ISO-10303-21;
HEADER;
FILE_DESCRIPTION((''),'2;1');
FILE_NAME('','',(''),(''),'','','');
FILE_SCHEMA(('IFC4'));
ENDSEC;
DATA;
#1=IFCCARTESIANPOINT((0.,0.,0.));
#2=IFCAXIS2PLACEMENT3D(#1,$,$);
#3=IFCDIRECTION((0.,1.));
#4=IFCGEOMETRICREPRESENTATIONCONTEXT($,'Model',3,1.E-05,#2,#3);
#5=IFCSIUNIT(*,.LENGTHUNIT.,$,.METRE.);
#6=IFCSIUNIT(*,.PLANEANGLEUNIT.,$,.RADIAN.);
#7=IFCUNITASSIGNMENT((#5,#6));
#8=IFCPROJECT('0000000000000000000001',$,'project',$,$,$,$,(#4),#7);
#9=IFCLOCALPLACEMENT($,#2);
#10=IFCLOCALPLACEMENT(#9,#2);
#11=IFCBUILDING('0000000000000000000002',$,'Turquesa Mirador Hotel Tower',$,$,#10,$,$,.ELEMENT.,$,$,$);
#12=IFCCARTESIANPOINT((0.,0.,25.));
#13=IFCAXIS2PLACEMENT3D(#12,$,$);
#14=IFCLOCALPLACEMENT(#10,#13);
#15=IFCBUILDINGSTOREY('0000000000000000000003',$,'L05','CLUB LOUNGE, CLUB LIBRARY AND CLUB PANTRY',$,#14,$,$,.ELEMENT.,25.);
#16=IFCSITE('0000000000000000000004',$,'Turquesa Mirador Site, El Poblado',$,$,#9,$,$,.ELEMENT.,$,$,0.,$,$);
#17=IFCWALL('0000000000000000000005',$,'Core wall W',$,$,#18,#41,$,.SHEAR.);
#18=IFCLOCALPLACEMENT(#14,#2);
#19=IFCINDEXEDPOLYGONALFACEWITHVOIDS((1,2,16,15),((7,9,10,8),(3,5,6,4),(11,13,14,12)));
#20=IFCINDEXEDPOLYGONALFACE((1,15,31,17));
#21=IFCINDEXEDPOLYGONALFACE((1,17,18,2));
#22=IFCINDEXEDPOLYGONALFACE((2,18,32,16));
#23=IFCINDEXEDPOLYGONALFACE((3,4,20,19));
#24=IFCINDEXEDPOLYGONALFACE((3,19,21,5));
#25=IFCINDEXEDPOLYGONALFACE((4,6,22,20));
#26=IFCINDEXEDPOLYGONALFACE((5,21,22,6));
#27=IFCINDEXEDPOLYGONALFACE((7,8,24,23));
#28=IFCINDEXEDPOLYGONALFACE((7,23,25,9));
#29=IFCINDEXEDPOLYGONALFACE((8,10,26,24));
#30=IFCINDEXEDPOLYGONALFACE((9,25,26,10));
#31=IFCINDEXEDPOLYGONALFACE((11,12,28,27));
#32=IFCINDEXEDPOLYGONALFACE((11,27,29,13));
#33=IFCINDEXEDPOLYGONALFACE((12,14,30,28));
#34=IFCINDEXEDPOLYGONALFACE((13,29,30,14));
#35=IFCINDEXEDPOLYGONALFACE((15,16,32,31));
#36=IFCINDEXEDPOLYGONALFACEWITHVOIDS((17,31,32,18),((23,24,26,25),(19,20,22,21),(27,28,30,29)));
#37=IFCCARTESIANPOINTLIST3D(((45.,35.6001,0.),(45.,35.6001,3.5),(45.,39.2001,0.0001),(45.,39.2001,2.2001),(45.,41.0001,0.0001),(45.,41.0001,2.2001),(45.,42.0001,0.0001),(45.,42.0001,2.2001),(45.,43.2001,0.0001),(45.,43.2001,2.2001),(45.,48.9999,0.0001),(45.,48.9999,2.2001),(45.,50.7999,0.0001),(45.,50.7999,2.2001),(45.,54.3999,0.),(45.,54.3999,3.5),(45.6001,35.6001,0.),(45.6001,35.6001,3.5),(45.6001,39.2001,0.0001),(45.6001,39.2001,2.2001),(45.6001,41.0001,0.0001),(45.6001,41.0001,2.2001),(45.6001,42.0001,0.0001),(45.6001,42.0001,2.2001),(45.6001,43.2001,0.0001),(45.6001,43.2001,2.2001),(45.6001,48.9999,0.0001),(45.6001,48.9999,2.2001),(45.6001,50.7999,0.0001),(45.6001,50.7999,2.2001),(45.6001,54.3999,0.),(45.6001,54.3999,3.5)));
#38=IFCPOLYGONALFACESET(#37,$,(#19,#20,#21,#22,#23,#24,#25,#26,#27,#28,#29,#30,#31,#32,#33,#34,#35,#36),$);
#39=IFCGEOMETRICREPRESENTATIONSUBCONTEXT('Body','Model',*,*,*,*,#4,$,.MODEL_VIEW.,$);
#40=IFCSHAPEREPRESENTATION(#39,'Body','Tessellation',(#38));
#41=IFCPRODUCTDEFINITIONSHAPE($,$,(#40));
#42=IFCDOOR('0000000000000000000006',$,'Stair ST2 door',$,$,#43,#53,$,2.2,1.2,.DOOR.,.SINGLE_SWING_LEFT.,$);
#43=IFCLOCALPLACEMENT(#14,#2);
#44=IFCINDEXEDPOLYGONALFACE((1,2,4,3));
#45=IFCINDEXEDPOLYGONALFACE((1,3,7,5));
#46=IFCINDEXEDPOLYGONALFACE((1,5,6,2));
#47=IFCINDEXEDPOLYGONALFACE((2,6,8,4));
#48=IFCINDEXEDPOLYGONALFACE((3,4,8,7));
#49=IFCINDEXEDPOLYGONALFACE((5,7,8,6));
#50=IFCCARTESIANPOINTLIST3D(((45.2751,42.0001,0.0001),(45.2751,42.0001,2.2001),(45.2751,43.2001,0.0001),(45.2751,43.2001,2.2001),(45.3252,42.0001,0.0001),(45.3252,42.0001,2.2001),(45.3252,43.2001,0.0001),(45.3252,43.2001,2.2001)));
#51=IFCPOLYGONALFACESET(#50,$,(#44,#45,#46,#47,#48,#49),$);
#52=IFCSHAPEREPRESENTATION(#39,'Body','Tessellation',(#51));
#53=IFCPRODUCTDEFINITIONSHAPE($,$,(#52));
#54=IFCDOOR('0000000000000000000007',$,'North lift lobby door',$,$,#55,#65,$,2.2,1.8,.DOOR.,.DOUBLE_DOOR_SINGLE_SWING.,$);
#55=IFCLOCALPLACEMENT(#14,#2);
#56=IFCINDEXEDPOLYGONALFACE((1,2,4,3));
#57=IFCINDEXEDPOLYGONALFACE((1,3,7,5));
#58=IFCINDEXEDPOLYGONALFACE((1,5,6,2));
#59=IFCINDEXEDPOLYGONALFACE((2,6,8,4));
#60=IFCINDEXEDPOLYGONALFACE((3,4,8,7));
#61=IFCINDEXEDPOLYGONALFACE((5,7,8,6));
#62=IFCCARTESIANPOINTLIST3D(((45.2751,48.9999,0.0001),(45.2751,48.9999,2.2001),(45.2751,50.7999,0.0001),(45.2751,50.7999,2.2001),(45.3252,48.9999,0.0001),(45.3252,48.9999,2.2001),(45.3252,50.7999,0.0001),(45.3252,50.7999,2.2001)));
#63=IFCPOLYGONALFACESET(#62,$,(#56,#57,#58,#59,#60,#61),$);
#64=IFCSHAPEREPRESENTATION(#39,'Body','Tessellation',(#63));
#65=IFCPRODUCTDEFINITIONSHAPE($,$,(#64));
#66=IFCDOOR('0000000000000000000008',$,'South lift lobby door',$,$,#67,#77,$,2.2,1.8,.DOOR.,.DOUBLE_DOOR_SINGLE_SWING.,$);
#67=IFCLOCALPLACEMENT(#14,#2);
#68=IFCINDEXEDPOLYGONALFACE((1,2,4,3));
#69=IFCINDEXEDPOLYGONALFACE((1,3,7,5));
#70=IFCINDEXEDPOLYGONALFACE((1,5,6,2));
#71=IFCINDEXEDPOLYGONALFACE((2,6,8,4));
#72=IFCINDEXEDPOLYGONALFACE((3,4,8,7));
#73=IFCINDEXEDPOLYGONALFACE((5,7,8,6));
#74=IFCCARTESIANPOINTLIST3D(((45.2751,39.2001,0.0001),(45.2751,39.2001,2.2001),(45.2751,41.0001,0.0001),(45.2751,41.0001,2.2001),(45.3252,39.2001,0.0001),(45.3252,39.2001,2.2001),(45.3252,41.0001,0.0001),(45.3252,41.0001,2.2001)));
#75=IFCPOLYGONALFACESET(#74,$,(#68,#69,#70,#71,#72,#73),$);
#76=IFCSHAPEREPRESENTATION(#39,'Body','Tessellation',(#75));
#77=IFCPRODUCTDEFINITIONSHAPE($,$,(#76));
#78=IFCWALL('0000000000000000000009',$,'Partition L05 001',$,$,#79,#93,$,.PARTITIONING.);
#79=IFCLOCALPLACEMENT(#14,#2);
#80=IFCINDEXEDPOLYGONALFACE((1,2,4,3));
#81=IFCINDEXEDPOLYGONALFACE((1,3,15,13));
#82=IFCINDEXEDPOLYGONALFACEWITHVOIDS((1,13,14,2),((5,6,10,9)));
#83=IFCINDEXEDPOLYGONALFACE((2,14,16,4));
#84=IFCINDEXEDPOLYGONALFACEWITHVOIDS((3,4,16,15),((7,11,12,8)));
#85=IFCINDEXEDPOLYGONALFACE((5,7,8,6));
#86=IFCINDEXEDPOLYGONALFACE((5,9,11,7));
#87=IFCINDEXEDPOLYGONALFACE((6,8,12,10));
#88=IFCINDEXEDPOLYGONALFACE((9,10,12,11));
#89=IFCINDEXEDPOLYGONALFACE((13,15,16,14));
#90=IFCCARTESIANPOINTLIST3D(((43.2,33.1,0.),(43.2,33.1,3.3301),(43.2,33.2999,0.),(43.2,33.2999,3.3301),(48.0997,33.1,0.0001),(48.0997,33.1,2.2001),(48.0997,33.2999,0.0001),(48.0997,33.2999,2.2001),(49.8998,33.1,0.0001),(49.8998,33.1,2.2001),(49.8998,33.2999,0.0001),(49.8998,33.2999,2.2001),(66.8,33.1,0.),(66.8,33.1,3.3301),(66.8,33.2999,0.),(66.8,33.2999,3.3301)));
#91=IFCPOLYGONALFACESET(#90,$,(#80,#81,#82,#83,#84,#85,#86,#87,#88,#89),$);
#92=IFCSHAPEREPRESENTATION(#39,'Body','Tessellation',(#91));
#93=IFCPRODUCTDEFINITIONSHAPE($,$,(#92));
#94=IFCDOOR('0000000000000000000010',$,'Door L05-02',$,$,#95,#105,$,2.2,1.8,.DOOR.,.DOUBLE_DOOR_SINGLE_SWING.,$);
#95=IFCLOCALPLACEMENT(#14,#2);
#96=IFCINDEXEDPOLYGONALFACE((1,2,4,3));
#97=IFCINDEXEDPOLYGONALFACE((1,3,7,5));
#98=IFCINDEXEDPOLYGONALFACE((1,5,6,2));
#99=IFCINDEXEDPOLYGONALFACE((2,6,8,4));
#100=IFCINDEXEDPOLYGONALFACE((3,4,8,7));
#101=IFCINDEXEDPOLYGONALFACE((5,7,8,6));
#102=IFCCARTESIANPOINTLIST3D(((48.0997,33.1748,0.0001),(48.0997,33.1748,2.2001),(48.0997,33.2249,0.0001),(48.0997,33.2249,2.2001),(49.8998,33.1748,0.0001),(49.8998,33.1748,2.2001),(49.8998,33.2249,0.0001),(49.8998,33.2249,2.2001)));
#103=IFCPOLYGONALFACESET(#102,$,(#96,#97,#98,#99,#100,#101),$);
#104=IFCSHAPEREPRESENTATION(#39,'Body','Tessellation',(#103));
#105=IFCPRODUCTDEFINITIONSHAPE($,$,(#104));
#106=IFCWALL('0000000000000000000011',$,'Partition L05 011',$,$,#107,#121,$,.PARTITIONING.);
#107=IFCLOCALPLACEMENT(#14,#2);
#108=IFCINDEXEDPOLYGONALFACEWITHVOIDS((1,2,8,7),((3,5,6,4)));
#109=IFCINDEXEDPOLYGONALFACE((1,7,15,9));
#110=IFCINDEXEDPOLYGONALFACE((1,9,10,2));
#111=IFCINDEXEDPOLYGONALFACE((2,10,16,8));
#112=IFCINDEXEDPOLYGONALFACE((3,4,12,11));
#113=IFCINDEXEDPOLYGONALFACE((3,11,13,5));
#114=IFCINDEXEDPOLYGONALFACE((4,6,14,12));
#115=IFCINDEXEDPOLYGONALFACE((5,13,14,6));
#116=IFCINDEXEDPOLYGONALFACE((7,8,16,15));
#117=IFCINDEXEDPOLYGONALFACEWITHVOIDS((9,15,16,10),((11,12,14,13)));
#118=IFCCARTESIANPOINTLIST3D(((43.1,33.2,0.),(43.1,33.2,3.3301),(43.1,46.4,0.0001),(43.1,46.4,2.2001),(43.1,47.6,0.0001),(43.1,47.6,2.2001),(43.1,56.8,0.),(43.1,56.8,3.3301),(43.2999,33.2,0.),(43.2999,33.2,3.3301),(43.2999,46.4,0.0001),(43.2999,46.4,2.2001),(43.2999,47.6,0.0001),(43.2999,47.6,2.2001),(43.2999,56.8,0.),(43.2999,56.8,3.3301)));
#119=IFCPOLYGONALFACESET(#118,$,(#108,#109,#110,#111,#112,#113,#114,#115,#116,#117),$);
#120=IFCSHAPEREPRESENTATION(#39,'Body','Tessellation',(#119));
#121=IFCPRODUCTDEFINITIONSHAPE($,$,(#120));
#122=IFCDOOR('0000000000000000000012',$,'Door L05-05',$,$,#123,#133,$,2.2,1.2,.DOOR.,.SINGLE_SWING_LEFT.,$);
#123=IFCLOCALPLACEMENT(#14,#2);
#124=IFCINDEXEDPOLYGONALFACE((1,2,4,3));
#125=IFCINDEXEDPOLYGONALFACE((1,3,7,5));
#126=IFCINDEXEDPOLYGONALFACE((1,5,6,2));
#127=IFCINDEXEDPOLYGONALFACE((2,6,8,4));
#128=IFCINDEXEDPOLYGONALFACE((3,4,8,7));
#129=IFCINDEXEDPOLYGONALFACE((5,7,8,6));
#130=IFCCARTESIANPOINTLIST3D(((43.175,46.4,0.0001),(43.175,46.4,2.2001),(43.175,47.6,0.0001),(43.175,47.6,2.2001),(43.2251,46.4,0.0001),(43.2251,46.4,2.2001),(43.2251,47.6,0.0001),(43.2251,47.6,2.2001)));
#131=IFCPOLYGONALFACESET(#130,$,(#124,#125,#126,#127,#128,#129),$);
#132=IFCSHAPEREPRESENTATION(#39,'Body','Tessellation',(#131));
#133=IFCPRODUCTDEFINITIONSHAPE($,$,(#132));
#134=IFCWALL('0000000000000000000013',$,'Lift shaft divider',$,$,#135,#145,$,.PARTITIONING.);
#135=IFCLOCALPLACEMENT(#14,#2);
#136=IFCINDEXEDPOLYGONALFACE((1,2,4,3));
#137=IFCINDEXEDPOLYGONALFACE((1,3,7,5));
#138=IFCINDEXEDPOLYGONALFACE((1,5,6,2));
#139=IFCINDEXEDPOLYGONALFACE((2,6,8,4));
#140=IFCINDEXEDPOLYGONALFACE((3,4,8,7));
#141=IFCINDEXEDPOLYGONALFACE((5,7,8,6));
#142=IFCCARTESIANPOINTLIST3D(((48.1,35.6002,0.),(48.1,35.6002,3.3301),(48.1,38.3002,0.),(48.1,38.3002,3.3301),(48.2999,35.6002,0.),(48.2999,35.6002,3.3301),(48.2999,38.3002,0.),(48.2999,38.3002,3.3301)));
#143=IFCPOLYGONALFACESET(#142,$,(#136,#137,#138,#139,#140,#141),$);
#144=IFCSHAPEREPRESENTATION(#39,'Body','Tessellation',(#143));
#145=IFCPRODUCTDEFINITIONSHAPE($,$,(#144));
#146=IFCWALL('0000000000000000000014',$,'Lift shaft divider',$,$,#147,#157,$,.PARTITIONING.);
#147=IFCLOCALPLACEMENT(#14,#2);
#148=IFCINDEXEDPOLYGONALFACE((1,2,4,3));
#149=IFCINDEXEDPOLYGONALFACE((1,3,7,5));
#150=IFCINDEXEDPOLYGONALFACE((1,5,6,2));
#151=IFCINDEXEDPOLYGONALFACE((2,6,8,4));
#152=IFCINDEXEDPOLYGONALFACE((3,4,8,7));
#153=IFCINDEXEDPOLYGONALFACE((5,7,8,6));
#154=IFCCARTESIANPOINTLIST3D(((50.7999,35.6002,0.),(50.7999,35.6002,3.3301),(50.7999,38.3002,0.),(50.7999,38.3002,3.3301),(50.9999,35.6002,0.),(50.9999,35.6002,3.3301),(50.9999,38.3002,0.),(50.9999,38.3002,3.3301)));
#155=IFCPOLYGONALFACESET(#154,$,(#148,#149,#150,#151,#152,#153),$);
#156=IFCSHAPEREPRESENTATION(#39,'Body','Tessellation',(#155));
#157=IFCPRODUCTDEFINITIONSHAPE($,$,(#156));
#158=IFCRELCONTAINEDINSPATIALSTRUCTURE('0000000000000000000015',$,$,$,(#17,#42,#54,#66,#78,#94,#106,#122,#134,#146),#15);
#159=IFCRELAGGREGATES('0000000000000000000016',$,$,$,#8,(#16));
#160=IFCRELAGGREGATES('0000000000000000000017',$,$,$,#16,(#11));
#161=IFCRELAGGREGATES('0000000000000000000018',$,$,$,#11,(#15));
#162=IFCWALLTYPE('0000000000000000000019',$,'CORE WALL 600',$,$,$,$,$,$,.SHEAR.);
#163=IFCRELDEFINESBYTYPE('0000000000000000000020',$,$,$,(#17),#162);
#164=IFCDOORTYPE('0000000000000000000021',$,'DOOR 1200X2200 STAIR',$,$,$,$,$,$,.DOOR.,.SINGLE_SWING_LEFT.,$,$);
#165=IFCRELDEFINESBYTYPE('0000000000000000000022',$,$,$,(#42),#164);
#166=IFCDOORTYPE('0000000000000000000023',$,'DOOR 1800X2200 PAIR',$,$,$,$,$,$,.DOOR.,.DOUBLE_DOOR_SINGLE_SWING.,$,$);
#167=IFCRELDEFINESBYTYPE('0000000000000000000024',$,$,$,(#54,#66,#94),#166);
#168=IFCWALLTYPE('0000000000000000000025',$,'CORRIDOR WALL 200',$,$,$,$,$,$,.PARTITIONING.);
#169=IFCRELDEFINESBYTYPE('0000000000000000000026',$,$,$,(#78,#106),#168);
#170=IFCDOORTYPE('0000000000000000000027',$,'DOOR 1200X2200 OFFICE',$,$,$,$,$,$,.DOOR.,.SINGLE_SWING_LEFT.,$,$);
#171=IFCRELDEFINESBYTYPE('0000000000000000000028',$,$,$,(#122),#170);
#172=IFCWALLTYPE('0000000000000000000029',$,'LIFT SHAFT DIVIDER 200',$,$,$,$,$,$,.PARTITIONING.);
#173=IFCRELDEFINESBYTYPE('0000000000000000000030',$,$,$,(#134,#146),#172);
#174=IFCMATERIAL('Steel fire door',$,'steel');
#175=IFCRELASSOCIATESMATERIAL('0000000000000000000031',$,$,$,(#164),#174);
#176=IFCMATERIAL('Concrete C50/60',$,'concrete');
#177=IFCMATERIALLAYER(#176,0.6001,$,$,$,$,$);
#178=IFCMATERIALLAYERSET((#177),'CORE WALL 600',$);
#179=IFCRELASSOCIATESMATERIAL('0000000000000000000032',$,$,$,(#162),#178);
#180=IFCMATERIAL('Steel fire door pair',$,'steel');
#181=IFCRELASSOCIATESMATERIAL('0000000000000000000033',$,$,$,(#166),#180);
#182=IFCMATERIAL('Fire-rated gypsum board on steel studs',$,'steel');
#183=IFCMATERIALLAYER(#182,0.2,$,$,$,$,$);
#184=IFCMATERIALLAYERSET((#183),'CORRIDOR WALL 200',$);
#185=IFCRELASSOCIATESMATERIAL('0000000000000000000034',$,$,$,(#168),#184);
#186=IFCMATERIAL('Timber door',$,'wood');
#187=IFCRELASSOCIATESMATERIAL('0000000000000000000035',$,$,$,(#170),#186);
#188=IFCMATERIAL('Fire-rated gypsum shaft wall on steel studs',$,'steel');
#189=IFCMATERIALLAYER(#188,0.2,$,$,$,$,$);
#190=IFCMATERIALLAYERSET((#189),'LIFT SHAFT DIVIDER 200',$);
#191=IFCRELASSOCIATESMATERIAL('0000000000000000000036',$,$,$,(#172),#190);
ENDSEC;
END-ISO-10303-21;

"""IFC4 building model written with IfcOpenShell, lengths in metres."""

from ifc_helpers import new_model, si_unit, direction, frame, frame_2d, origin, place, context, subcontext, project, spatial, rectangle, extrude, material, layer, layer_set, type_object, element, fill, save


model = new_model("IFC4")

# Units and contexts
model_context = context("Model", 3, precision=1e-05, world=origin(), true_north=direction((0.0, 1.0)))
body_context = subcontext(model_context, "Body", "Model", "MODEL_VIEW")
ifc_project = project(units=[si_unit("LENGTHUNIT", "METRE"), si_unit("PLANEANGLEUNIT", "RADIAN")], contexts=[model_context])

# Site, building, storey
site_placement = place(None, origin())
site = spatial("IfcSite", under=ifc_project, at=site_placement, Name="Turquesa Mirador Site, El Poblado", CompositionType="ELEMENT", RefElevation=0.0)
building_placement = place(site_placement, origin())
building = spatial("IfcBuilding", under=site, at=building_placement, Name="Turquesa Mirador Hotel Tower", CompositionType="ELEMENT")
storey_placement = place(building_placement, frame((0.0, 0.0, 25.0)))
storey = spatial("IfcBuildingStorey", under=building, at=storey_placement, Name="L05", Description="CLUB LOUNGE, CLUB LIBRARY AND CLUB PANTRY", CompositionType="ELEMENT", Elevation=25.0)

# Shared definitions
ifc_material_1 = material(Name="Steel fire door", Category="steel")
door_type_1 = type_object("IfcDoorType", Name="DOOR 1200X2200 STAIR", OperationType="SINGLE_SWING_LEFT", PredefinedType="DOOR", material=ifc_material_1)

# Shared definitions
ifc_material_2 = material(Name="Concrete C50/60", Category="concrete")
ifc_layer_1 = layer(ifc_material_2, 0.6001)
ifc_layer_set_1 = layer_set([ifc_layer_1], Name="CORE WALL 600")
wall_type_1 = type_object("IfcWallType", Name="CORE WALL 600", PredefinedType="SHEAR", material=ifc_layer_set_1)

# Wall, openings, doors
wall_1_placement = place(storey_placement, frame((45.3, 35.6001, 0.0), z_axis=(0.0, 0.0, 1.0), x_axis=(0.0, 1.0, 0.0)))
wall_1 = element("IfcWall", 1, at=wall_1_placement, inside=storey, type_object=wall_type_1, Name="Core wall W", PredefinedType="SHEAR", context=body_context, shape_type="SweptSolid", body=[
    extrude(rectangle(XDim=18.7998, YDim=0.6001, at=frame_2d((9.3999, 0.0))), origin(), (0.0, 0.0, 1.0), 3.5),
])
opening_1_placement = place(wall_1_placement, frame((13.3999, 0.0, 0.0)))
opening_1 = element("IfcOpeningElement", 2, at=opening_1_placement, cuts=wall_1, PredefinedType="OPENING", context=body_context, shape_type="SweptSolid", body=[
    extrude(rectangle(XDim=1.8, YDim=2.2, at=frame_2d((0.8999, 1.1001))), frame((0.0, 0.3101, 0.0), z_axis=(0.0, -1.0, 0.0), x_axis=(1.0, 0.0, 0.0)), (0.0, 0.0, 1.0), 0.6201),
])
opening_2_placement = place(wall_1_placement, frame((3.6001, 0.0, 0.0)))
opening_2 = element("IfcOpeningElement", 3, at=opening_2_placement, cuts=wall_1, PredefinedType="OPENING", context=body_context, shape_type="SweptSolid", body=[
    extrude(rectangle(XDim=1.8, YDim=2.2, at=frame_2d((0.8999, 1.1001))), frame((0.0, 0.3101, 0.0), z_axis=(0.0, -1.0, 0.0), x_axis=(1.0, 0.0, 0.0)), (0.0, 0.0, 1.0), 0.6201),
])
opening_3_placement = place(wall_1_placement, frame((6.3999, 0.0, 0.0)))
opening_3 = element("IfcOpeningElement", 4, at=opening_3_placement, cuts=wall_1, PredefinedType="OPENING", context=body_context, shape_type="SweptSolid", body=[
    extrude(rectangle(XDim=1.2, YDim=2.2, at=frame_2d((0.6001, 1.1001))), frame((0.0, 0.3101, 0.0), z_axis=(0.0, -1.0, 0.0), x_axis=(1.0, 0.0, 0.0)), (0.0, 0.0, 1.0), 0.6201),
])
door_1_placement = place(opening_3_placement, origin())
door_1 = element("IfcDoor", 5, at=door_1_placement, inside=storey, type_object=door_type_1, Name="Stair ST2 door", OperationType="SINGLE_SWING_LEFT", OverallHeight=2.2, OverallWidth=1.2, PredefinedType="DOOR", context=body_context, shape_type="SweptSolid", body=[
    extrude(rectangle(XDim=1.2, YDim=2.2, at=frame_2d((0.6001, 1.1001))), frame((0.0, 0.0249, 0.0), z_axis=(0.0, -1.0, 0.0), x_axis=(1.0, 0.0, 0.0)), (0.0, 0.0, 1.0), 0.05),
])
fill(opening_3, door_1)
ifc_material_3 = material(Name="Steel fire door pair", Category="steel")
door_type_2 = type_object("IfcDoorType", Name="DOOR 1800X2200 PAIR", OperationType="DOUBLE_DOOR_SINGLE_SWING", PredefinedType="DOOR", material=ifc_material_3)
door_2_placement = place(opening_1_placement, origin())
door_2 = element("IfcDoor", 6, at=door_2_placement, inside=storey, type_object=door_type_2, Name="North lift lobby door", OperationType="DOUBLE_DOOR_SINGLE_SWING", OverallHeight=2.2, OverallWidth=1.8, PredefinedType="DOOR", context=body_context, shape_type="SweptSolid", body=[
    extrude(rectangle(XDim=1.8, YDim=2.2, at=frame_2d((0.8999, 1.1001))), frame((0.0, 0.0249, 0.0), z_axis=(0.0, -1.0, 0.0), x_axis=(1.0, 0.0, 0.0)), (0.0, 0.0, 1.0), 0.05),
])
fill(opening_1, door_2)
door_3_placement = place(opening_2_placement, origin())
door_3 = element("IfcDoor", 7, at=door_3_placement, inside=storey, type_object=door_type_2, Name="South lift lobby door", OperationType="DOUBLE_DOOR_SINGLE_SWING", OverallHeight=2.2, OverallWidth=1.8, PredefinedType="DOOR", context=body_context, shape_type="SweptSolid", body=[
    extrude(rectangle(XDim=1.8, YDim=2.2, at=frame_2d((0.8999, 1.1001))), frame((0.0, 0.0249, 0.0), z_axis=(0.0, -1.0, 0.0), x_axis=(1.0, 0.0, 0.0)), (0.0, 0.0, 1.0), 0.05),
])
fill(opening_2, door_3)

# Walls, openings, doors
ifc_material_4 = material(Name="Fire-rated gypsum board on steel studs", Category="steel")
ifc_layer_2 = layer(ifc_material_4, 0.2)
ifc_layer_set_2 = layer_set([ifc_layer_2], Name="CORRIDOR WALL 200")
wall_type_2 = type_object("IfcWallType", Name="CORRIDOR WALL 200", PredefinedType="PARTITIONING", material=ifc_layer_set_2)
wall_2_placement = place(storey_placement, frame((43.2, 33.2, 0.0), z_axis=(0.0, 0.0, 1.0), x_axis=(1.0, 0.0, 0.0)))
wall_2 = element("IfcWall", 8, at=wall_2_placement, inside=storey, type_object=wall_type_2, Name="Partition L05 001", PredefinedType="PARTITIONING", context=body_context, shape_type="SweptSolid", body=[
    extrude(rectangle(XDim=23.6001, YDim=0.2, at=frame_2d((11.8, 0.0))), origin(), (0.0, 0.0, 1.0), 3.3301),
])
opening_4_placement = place(wall_2_placement, frame((4.8999, 0.0, 0.0)))
opening_4 = element("IfcOpeningElement", 9, at=opening_4_placement, cuts=wall_2, PredefinedType="OPENING", context=body_context, shape_type="SweptSolid", body=[
    extrude(rectangle(XDim=1.8, YDim=2.2, at=frame_2d((0.8999, 1.1001))), frame((0.0, 0.1099, 0.0), z_axis=(0.0, -1.0, 0.0), x_axis=(1.0, 0.0, 0.0)), (0.0, 0.0, 1.0), 0.22),
])
door_4_placement = place(opening_4_placement, origin())
door_4 = element("IfcDoor", 10, at=door_4_placement, inside=storey, type_object=door_type_2, Name="Door L05-02", OperationType="DOUBLE_DOOR_SINGLE_SWING", OverallHeight=2.2, OverallWidth=1.8, PredefinedType="DOOR", context=body_context, shape_type="SweptSolid", body=[
    extrude(rectangle(XDim=1.8, YDim=2.2, at=frame_2d((0.8999, 1.1001))), frame((0.0, 0.0249, 0.0), z_axis=(0.0, -1.0, 0.0), x_axis=(1.0, 0.0, 0.0)), (0.0, 0.0, 1.0), 0.05),
])
fill(opening_4, door_4)
wall_3_placement = place(storey_placement, frame((43.2, 33.2, 0.0), z_axis=(0.0, 0.0, 1.0), x_axis=(0.0, 1.0, 0.0)))
wall_3 = element("IfcWall", 11, at=wall_3_placement, inside=storey, type_object=wall_type_2, Name="Partition L05 011", PredefinedType="PARTITIONING", context=body_context, shape_type="SweptSolid", body=[
    extrude(rectangle(XDim=23.6001, YDim=0.2, at=frame_2d((11.8, 0.0))), origin(), (0.0, 0.0, 1.0), 3.3301),
])
opening_5_placement = place(wall_3_placement, frame((13.2, 0.0, 0.0)))
opening_5 = element("IfcOpeningElement", 12, at=opening_5_placement, cuts=wall_3, PredefinedType="OPENING", context=body_context, shape_type="SweptSolid", body=[
    extrude(rectangle(XDim=1.2, YDim=2.2, at=frame_2d((0.6001, 1.1001))), frame((0.0, 0.1099, 0.0), z_axis=(0.0, -1.0, 0.0), x_axis=(1.0, 0.0, 0.0)), (0.0, 0.0, 1.0), 0.22),
])
ifc_material_5 = material(Name="Timber door", Category="wood")
door_type_3 = type_object("IfcDoorType", Name="DOOR 1200X2200 OFFICE", OperationType="SINGLE_SWING_LEFT", PredefinedType="DOOR", material=ifc_material_5)
door_5_placement = place(opening_5_placement, origin())
door_5 = element("IfcDoor", 13, at=door_5_placement, inside=storey, type_object=door_type_3, Name="Door L05-05", OperationType="SINGLE_SWING_LEFT", OverallHeight=2.2, OverallWidth=1.2, PredefinedType="DOOR", context=body_context, shape_type="SweptSolid", body=[
    extrude(rectangle(XDim=1.2, YDim=2.2, at=frame_2d((0.6001, 1.1001))), frame((0.0, 0.0249, 0.0), z_axis=(0.0, -1.0, 0.0), x_axis=(1.0, 0.0, 0.0)), (0.0, 0.0, 1.0), 0.05),
])
fill(opening_5, door_5)

# Walls
ifc_material_6 = material(Name="Fire-rated gypsum shaft wall on steel studs", Category="steel")
ifc_layer_3 = layer(ifc_material_6, 0.2)
ifc_layer_set_3 = layer_set([ifc_layer_3], Name="LIFT SHAFT DIVIDER 200")
wall_type_3 = type_object("IfcWallType", Name="LIFT SHAFT DIVIDER 200", PredefinedType="PARTITIONING", material=ifc_layer_set_3)
for number, where, z_axis, x_axis, name in (
    (14, (48.2, 35.6001, 0.0), (0.0, 0.0, 1.0), (0.0, 1.0, 0.0), "Lift shaft divider"),
    (15, (50.8999, 35.6001, 0.0), (0.0, 0.0, 1.0), (0.0, 1.0, 0.0), "Lift shaft divider"),
):
    element("IfcWall", number, at=place(storey_placement, frame(where, z_axis=z_axis, x_axis=x_axis)), inside=storey, type_object=wall_type_3, Name=name, PredefinedType="PARTITIONING", context=body_context, shape_type="SweptSolid", body=[
        extrude(rectangle(XDim=2.7, YDim=0.2, at=frame_2d((1.3501, 0.0))), origin(), (0.0, 0.0, 1.0), 3.3301),
    ])

save(model, "model.ifc")
